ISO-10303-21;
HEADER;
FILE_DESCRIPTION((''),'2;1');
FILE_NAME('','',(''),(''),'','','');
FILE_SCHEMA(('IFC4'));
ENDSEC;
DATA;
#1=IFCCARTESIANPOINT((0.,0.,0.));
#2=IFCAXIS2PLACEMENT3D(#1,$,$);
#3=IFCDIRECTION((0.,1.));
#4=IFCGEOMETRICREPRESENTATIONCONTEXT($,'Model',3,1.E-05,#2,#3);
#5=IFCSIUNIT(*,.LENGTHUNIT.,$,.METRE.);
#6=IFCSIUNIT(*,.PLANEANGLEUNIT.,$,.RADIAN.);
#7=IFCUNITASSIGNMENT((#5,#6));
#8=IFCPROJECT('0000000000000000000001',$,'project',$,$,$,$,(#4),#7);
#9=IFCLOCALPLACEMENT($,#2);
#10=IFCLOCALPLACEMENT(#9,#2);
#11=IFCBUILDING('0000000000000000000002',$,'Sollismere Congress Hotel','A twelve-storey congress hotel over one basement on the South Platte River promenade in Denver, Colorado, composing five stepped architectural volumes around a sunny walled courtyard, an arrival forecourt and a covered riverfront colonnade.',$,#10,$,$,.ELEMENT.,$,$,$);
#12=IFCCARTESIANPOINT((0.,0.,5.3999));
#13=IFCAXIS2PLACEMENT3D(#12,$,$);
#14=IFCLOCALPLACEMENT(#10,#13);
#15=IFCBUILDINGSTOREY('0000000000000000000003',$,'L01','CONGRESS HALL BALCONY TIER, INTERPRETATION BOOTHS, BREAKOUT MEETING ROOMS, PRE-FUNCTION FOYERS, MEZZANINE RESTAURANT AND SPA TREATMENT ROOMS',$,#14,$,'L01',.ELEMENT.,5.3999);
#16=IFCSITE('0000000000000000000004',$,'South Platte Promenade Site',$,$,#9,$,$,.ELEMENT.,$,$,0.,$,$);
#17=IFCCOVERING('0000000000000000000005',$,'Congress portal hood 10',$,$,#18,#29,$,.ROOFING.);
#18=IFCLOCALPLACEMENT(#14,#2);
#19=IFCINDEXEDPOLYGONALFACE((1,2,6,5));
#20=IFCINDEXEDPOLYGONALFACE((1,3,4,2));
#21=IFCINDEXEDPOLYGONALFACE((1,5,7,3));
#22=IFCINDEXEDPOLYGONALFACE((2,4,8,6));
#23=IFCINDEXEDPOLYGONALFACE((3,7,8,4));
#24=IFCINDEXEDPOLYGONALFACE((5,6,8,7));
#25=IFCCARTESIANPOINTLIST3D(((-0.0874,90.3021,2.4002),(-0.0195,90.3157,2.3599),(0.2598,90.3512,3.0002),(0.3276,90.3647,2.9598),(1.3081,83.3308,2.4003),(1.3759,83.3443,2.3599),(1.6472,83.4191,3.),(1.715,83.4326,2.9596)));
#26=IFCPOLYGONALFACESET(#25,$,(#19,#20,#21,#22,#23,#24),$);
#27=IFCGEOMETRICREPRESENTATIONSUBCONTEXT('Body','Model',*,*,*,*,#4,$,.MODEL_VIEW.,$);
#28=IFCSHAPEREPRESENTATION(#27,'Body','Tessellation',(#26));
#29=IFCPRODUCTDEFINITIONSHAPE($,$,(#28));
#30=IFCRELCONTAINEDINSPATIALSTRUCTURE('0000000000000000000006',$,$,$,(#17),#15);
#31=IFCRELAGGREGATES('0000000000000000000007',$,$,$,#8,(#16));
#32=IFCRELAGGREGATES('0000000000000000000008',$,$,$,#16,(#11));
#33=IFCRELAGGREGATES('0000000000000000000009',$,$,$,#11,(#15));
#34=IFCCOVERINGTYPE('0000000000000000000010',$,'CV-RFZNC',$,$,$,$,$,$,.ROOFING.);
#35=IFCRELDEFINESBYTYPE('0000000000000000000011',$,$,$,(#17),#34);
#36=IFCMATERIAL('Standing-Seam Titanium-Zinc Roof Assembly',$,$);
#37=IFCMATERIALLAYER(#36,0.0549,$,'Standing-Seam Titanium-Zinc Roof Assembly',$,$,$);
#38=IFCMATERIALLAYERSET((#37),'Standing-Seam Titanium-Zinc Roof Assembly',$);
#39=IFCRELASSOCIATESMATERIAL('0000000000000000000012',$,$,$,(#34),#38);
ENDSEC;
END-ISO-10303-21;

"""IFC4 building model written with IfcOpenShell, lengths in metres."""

from ifc_helpers import new_model, si_unit, direction, frame, origin, place, context, subcontext, project, spatial, polyline, outline, extrude, material, layer, layer_set, type_object, element, save


model = new_model("IFC4")

# Units and contexts
model_context = context("Model", 3, precision=1e-05, world=origin(), true_north=direction((0.0, 1.0)))
body_context = subcontext(model_context, "Body", "Model", "MODEL_VIEW")
ifc_project = project(units=[si_unit("LENGTHUNIT", "METRE"), si_unit("PLANEANGLEUNIT", "RADIAN")], contexts=[model_context])

# Site, building, storey
site_placement = place(None, origin())
site = spatial("IfcSite", under=ifc_project, at=site_placement, Name="South Platte Promenade Site", CompositionType="ELEMENT", RefElevation=0.0)
building_placement = place(site_placement, origin())
building = spatial("IfcBuilding", under=site, at=building_placement, Name="Sollismere Congress Hotel", Description="A twelve-storey congress hotel over one basement on the South Platte River promenade in Denver, Colorado, composing five stepped architectural volumes around a sunny walled courtyard, an arrival forecourt and a covered riverfront colonnade.", CompositionType="ELEMENT")
storey_placement = place(building_placement, frame((0.0, 0.0, 5.3999)))
storey = spatial("IfcBuildingStorey", under=building, at=storey_placement, Name="L01", Description="CONGRESS HALL BALCONY TIER, INTERPRETATION BOOTHS, BREAKOUT MEETING ROOMS, PRE-FUNCTION FOYERS, MEZZANINE RESTAURANT AND SPA TREATMENT ROOMS", LongName="L01", CompositionType="ELEMENT", Elevation=5.3999)

# Covering
ifc_material_1 = material(Name="Standing-Seam Titanium-Zinc Roof Assembly")
ifc_layer_1 = layer(ifc_material_1, 0.0549, Name="Standing-Seam Titanium-Zinc Roof Assembly")
ifc_layer_set_1 = layer_set([ifc_layer_1], Name="Standing-Seam Titanium-Zinc Roof Assembly")
covering_type = type_object("IfcCoveringType", Name="CV-RFZNC", PredefinedType="ROOFING", material=ifc_layer_set_1)
covering_placement = place(storey_placement, frame((-0.0195, 90.3157, 2.3599), z_axis=(-0.846954, -0.169528, 0.503914), x_axis=(0.196272, -0.98055, 0.000006)))
element("IfcCovering", 1, at=covering_placement, inside=storey, type_object=covering_type, Name="Congress portal hood 10", PredefinedType="ROOFING", context=body_context, shape_type="SweptSolid", body=[
    extrude(outline(polyline([(0.0, 0.0), (7.1096, 0.0), (7.0896, 0.6943), (0.02, 0.6946), (0.0, 0.0)])), origin(), (0.0, 0.0, 1.0), 0.0801),
])

save(model, "model.ifc")
